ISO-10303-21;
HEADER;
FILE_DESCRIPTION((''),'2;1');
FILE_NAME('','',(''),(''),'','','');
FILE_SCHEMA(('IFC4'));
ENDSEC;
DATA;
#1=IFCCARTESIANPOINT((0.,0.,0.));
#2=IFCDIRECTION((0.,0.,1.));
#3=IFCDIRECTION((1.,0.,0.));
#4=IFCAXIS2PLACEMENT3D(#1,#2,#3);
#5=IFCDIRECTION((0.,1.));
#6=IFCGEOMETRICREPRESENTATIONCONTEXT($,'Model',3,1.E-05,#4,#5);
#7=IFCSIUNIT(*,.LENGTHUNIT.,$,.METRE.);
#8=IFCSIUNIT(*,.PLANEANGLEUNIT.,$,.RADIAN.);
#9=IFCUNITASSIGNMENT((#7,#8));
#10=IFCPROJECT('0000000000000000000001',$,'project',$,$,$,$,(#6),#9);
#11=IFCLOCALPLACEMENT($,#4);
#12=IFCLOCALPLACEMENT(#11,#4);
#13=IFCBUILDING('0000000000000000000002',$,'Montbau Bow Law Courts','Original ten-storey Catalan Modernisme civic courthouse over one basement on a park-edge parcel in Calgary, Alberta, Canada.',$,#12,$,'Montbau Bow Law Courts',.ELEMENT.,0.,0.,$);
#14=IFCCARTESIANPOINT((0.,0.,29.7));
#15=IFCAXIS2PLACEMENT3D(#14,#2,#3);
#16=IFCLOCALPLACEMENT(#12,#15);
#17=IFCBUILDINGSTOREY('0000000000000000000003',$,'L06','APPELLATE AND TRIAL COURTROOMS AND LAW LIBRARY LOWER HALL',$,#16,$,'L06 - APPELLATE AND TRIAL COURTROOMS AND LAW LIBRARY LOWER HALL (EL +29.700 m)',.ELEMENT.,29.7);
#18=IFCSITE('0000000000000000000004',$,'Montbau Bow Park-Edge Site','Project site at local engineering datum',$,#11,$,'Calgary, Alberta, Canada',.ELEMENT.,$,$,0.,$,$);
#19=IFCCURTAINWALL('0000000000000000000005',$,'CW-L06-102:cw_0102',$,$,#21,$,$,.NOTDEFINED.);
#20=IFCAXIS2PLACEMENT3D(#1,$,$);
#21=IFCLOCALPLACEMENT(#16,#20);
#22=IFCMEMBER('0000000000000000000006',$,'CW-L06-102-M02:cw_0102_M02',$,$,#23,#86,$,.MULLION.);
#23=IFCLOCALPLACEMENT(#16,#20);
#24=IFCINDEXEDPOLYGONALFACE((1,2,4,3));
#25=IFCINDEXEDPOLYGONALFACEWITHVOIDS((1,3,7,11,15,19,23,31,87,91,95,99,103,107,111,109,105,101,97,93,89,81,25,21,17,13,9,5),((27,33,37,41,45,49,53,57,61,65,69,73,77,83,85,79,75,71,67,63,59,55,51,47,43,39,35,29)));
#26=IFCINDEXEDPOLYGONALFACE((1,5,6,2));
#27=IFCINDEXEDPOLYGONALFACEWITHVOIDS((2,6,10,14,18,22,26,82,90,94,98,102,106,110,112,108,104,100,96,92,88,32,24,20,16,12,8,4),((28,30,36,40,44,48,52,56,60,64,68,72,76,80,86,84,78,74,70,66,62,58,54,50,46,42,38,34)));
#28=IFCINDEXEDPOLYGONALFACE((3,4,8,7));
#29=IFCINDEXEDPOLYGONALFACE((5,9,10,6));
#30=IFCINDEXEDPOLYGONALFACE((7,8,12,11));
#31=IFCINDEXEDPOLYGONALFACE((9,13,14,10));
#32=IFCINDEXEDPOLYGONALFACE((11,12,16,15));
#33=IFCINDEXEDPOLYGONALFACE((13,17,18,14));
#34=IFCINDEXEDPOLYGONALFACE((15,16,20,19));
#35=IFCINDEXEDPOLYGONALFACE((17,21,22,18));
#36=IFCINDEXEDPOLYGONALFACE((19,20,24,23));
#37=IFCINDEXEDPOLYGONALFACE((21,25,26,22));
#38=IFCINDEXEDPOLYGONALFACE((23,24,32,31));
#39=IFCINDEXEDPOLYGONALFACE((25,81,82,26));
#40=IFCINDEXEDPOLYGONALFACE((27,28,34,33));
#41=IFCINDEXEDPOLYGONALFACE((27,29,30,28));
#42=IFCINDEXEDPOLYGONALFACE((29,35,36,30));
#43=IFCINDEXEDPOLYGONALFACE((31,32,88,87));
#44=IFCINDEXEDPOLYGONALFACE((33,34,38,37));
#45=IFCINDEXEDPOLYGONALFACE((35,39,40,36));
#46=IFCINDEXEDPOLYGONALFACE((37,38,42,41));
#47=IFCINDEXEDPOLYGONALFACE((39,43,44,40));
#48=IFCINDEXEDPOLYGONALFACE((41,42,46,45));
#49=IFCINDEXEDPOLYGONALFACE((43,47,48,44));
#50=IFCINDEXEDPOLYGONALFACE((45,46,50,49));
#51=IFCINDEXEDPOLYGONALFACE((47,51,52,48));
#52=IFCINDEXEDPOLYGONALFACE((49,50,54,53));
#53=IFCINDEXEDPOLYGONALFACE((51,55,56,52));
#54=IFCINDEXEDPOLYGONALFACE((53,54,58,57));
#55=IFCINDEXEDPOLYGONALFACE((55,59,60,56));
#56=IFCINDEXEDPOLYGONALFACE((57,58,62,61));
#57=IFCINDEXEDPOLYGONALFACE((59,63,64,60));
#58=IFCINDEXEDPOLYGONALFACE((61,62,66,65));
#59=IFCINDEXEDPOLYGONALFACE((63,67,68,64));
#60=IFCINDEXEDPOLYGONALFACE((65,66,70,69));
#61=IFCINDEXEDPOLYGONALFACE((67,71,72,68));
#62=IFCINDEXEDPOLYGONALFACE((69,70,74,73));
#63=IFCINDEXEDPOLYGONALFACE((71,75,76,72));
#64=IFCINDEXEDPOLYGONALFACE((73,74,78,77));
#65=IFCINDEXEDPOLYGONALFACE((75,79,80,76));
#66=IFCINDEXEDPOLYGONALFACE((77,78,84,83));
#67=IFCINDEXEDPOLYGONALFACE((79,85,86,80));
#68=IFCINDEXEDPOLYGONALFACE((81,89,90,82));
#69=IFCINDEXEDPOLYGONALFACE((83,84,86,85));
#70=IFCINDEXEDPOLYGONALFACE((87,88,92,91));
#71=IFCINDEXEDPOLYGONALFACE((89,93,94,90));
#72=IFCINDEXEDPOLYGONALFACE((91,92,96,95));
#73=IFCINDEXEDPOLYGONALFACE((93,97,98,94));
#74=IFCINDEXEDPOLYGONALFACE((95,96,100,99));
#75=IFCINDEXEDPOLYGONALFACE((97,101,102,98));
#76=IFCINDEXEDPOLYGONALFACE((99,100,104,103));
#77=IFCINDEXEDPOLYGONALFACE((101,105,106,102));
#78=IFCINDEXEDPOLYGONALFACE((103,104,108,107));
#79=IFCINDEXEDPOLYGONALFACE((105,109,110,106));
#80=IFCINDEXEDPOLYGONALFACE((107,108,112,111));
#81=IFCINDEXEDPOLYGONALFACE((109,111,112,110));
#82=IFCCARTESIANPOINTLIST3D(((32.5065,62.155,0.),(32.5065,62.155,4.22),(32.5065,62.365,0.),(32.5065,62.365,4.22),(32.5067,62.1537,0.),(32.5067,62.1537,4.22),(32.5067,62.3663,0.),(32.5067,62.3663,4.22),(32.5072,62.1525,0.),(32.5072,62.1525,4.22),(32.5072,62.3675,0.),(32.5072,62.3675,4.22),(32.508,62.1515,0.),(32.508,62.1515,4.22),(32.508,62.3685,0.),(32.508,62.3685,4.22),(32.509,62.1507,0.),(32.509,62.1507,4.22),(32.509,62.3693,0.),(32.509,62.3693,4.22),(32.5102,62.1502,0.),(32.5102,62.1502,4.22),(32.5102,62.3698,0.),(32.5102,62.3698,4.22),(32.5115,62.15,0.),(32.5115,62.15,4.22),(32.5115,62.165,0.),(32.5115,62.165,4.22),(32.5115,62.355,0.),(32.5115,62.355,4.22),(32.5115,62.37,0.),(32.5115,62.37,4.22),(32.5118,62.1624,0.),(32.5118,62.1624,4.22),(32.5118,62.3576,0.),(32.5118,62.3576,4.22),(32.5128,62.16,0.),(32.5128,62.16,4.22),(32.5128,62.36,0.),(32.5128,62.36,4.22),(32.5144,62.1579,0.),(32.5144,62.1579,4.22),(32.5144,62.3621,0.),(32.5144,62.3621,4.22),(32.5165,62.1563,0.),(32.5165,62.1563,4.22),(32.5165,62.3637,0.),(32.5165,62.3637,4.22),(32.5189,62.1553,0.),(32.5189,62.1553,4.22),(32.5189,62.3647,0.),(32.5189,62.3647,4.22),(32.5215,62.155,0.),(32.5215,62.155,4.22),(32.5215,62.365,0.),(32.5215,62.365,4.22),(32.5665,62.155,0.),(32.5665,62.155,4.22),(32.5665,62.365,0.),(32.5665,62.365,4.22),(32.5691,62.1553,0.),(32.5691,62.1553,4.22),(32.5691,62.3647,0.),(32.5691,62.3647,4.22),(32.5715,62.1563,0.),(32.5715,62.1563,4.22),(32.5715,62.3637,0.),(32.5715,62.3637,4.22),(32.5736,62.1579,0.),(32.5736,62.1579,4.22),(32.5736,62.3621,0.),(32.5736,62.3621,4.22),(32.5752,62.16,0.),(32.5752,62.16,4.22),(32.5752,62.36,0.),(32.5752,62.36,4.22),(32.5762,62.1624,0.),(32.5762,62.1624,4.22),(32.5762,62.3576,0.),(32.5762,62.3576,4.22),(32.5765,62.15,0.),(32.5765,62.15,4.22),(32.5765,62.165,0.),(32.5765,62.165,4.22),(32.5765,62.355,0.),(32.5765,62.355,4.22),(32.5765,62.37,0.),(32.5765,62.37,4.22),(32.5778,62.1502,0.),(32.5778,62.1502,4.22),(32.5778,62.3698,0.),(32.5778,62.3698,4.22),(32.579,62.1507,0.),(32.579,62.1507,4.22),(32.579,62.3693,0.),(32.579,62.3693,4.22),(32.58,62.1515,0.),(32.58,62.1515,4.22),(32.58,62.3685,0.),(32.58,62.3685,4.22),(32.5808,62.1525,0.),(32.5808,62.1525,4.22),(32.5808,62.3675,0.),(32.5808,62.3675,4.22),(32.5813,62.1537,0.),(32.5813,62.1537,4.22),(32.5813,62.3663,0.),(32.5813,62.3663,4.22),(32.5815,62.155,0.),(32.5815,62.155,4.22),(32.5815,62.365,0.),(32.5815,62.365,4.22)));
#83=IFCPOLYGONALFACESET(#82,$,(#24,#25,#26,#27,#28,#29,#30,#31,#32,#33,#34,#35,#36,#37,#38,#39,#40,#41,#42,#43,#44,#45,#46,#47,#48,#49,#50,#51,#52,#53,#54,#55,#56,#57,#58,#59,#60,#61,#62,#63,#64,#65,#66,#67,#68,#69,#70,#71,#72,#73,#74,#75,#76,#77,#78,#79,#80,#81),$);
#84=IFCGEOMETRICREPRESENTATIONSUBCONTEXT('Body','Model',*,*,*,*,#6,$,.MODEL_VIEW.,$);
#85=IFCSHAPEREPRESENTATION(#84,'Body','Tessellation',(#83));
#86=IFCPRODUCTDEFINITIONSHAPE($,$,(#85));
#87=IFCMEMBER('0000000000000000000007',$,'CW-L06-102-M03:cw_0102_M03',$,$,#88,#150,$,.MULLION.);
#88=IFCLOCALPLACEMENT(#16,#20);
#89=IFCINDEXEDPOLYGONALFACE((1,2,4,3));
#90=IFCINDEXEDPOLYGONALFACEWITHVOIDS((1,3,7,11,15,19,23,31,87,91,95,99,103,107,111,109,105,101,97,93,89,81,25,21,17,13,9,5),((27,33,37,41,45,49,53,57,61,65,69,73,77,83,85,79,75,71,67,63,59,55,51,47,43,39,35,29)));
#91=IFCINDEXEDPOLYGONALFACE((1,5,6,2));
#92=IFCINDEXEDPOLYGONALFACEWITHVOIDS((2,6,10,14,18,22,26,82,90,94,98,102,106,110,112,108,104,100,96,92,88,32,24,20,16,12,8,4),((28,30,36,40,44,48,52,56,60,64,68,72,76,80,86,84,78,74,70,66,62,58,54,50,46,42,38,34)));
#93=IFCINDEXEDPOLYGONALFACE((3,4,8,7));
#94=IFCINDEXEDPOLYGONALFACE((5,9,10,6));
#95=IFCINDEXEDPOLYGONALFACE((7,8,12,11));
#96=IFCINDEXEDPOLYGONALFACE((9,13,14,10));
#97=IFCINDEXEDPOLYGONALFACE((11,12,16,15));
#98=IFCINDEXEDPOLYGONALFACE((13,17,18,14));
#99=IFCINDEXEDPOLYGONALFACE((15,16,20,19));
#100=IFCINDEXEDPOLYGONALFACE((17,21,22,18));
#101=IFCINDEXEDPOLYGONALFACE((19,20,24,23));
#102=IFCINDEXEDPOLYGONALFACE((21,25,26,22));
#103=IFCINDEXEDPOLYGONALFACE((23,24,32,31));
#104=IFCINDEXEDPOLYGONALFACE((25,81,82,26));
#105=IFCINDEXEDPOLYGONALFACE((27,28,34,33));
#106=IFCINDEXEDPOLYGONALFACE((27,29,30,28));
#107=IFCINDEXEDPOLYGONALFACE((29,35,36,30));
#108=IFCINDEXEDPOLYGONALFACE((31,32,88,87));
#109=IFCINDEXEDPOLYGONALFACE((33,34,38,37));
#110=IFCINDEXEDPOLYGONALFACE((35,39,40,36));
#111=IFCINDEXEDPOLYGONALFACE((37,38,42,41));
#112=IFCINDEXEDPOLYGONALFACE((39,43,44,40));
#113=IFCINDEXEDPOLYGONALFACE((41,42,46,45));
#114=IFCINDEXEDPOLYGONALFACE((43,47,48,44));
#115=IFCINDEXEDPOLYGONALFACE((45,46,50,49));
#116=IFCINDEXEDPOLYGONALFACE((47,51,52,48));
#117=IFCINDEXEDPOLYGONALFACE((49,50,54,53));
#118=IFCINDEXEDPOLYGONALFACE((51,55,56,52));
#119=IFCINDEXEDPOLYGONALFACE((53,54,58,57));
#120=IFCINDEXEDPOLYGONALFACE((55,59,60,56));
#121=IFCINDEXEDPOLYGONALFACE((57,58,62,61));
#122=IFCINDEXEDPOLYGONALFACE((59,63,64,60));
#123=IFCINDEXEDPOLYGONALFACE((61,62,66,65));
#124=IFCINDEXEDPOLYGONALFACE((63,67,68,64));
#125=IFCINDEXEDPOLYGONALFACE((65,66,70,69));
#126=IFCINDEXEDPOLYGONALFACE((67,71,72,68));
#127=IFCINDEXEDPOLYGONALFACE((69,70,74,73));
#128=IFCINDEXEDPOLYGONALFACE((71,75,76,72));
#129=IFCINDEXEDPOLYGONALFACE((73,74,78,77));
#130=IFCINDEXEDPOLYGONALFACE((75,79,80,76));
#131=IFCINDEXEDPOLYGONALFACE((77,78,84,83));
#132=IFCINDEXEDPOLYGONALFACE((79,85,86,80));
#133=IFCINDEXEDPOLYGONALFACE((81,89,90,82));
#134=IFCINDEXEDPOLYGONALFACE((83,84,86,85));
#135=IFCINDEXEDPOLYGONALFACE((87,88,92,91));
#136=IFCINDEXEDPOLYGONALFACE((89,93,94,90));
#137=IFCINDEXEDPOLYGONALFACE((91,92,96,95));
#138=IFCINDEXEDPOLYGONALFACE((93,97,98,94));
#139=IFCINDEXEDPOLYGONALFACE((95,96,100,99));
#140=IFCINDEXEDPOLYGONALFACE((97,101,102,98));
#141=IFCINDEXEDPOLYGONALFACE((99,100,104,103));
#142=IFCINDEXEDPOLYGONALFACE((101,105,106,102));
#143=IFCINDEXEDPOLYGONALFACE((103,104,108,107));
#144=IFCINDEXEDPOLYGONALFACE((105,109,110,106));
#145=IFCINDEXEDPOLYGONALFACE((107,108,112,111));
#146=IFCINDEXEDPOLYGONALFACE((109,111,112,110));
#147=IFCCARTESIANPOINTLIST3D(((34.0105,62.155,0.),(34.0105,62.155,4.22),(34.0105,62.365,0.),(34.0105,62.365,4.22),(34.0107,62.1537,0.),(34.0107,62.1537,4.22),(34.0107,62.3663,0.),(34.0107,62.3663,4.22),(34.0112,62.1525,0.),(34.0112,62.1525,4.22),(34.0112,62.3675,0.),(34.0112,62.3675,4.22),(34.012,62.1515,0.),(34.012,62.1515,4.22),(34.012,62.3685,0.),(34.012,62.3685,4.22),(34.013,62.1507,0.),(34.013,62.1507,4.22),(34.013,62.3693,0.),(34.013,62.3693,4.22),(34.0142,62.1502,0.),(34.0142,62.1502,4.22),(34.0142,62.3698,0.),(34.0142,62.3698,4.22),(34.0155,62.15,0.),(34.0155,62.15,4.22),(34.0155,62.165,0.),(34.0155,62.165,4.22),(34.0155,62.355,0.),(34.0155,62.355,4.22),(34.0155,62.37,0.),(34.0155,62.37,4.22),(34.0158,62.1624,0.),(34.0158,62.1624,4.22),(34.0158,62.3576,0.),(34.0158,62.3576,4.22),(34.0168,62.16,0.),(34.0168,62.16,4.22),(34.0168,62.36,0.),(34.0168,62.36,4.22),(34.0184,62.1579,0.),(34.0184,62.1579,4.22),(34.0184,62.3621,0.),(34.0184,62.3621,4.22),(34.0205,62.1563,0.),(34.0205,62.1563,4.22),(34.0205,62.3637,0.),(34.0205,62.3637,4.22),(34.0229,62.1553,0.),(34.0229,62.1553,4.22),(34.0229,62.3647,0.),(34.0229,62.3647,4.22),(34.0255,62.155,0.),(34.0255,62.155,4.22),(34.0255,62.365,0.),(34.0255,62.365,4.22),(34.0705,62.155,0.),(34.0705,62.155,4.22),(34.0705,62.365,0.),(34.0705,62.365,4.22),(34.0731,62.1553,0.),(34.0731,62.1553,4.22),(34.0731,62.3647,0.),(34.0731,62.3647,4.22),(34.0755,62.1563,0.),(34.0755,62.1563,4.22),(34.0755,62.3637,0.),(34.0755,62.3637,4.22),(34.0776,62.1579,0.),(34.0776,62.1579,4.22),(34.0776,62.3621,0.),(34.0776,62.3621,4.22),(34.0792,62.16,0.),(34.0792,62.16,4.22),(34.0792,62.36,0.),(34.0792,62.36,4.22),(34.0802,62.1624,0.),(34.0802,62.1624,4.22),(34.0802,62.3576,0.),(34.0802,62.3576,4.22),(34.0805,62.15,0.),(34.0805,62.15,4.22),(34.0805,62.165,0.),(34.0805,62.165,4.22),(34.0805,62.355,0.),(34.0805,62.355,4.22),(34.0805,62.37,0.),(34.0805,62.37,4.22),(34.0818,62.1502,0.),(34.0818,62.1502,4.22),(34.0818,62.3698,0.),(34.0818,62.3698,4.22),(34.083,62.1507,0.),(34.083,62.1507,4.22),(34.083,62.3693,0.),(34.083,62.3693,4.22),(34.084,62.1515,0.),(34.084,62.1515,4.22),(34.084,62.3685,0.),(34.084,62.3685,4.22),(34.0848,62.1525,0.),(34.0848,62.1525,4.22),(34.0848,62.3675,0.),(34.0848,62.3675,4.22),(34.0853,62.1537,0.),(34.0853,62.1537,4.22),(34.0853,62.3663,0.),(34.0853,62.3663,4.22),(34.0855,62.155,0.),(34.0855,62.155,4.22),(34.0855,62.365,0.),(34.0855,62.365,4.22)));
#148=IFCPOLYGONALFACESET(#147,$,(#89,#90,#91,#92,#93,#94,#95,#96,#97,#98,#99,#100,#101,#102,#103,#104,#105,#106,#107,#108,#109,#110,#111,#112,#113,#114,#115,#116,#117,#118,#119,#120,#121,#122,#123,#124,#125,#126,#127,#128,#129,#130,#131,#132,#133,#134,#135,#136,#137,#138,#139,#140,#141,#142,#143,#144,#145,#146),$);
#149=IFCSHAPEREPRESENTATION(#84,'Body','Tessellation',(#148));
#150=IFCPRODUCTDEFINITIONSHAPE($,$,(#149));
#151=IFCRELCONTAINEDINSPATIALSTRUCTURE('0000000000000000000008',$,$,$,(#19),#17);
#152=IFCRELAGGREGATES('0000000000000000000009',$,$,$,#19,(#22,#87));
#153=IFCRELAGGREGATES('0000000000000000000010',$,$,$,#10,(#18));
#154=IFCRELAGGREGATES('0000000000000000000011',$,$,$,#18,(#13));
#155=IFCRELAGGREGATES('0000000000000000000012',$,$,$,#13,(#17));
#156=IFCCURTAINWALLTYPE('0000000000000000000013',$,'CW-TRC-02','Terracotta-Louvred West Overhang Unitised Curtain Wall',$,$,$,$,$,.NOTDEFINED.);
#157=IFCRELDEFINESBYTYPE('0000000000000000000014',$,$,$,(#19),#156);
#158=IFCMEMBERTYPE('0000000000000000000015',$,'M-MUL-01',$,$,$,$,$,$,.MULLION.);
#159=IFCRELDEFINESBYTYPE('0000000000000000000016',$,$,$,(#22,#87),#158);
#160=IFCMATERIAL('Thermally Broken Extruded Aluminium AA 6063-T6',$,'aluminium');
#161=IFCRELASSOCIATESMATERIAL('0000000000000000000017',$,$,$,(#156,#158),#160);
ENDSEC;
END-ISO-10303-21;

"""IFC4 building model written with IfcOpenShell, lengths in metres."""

from ifc_helpers import new_model, si_unit, direction, frame, origin_with_axes, origin_2d_with_axis, place, context, subcontext, project, spatial, hollow_rectangle, extrude, material, material_profile, profile_set, type_object, element, aggregate, save


model = new_model("IFC4")

# Units and contexts
model_context = context("Model", 3, precision=1e-05, world=origin_with_axes(), true_north=direction((0.0, 1.0)))
body_context = subcontext(model_context, "Body", "Model", "MODEL_VIEW")
ifc_project = project(units=[si_unit("LENGTHUNIT", "METRE"), si_unit("PLANEANGLEUNIT", "RADIAN")], contexts=[model_context])

# Site, building, storey
site_placement = place(None, origin_with_axes())
site = spatial("IfcSite", under=ifc_project, at=site_placement, Name="Montbau Bow Park-Edge Site", Description="Project site at local engineering datum", LongName="Calgary, Alberta, Canada", CompositionType="ELEMENT", RefElevation=0.0)
building_placement = place(site_placement, origin_with_axes())
building = spatial("IfcBuilding", under=site, at=building_placement, Name="Montbau Bow Law Courts", Description="Original ten-storey Catalan Modernisme civic courthouse over one basement on a park-edge parcel in Calgary, Alberta, Canada.", LongName="Montbau Bow Law Courts", CompositionType="ELEMENT", ElevationOfRefHeight=0.0, ElevationOfTerrain=0.0)
storey_placement = place(building_placement, frame((0.0, 0.0, 29.7), z_axis=(0.0, 0.0, 1.0), x_axis=(1.0, 0.0, 0.0)))
storey = spatial("IfcBuildingStorey", under=building, at=storey_placement, Name="L06", Description="APPELLATE AND TRIAL COURTROOMS AND LAW LIBRARY LOWER HALL", LongName="L06 - APPELLATE AND TRIAL COURTROOMS AND LAW LIBRARY LOWER HALL (EL +29.700 m)", CompositionType="ELEMENT", Elevation=29.7)

# Curtain wall, members
ifc_material_1 = material(Name="Thermally Broken Extruded Aluminium AA 6063-T6", Category="aluminium")
curtain_wall_type = type_object("IfcCurtainWallType", Name="CW-TRC-02", Description="Terracotta-Louvred West Overhang Unitised Curtain Wall", PredefinedType="NOTDEFINED", material=ifc_material_1)
curtain_wall_1_placement = place(None, frame((31.04, 62.26, 29.7), z_axis=(0.0, 0.0, 1.0), x_axis=(1.0, 0.0, 0.0)))
curtain_wall_1 = element("IfcCurtainWall", 1, at=curtain_wall_1_placement, inside=storey, type_object=curtain_wall_type, Name="CW-L06-102:cw_0102", PredefinedType="NOTDEFINED")
ifc_material_profile_1 = material_profile(ifc_material_1, hollow_rectangle(XDim=0.075, YDim=0.22, WallThickness=0.005, InnerFilletRadius=0.01, OuterFilletRadius=0.005, at=origin_2d_with_axis()), Name="CWM-220X75", Category="Main", Priority=0)
ifc_profile_set_1 = profile_set([ifc_material_profile_1], Name="Thermally Broken Extruded Aluminium AA 6063-T6")
member_type_1 = type_object("IfcMemberType", Name="M-MUL-01", PredefinedType="MULLION", material=ifc_profile_set_1)
member_1_placement = place(None, frame((32.544, 62.26, 29.7), z_axis=(0.0, 0.0, 1.0), x_axis=(1.0, 0.0, 0.0)))
member_1 = element("IfcMember", 2, at=member_1_placement, type_object=member_type_1, Name="CW-L06-102-M02:cw_0102_M02", PredefinedType="MULLION", context=body_context, shape_type="SweptSolid", body=[
    extrude(hollow_rectangle(XDim=0.075, YDim=0.22, WallThickness=0.005, InnerFilletRadius=0.01, OuterFilletRadius=0.005, at=origin_2d_with_axis()), origin_with_axes(), (0.0, 0.0, 1.0), 4.22),
])
member_2_placement = place(None, frame((34.048, 62.26, 29.7), z_axis=(0.0, 0.0, 1.0), x_axis=(1.0, 0.0, 0.0)))
member_2 = element("IfcMember", 3, at=member_2_placement, type_object=member_type_1, Name="CW-L06-102-M03:cw_0102_M03", PredefinedType="MULLION", context=body_context, shape_type="SweptSolid", body=[
    extrude(hollow_rectangle(XDim=0.075, YDim=0.22, WallThickness=0.005, InnerFilletRadius=0.01, OuterFilletRadius=0.005, at=origin_2d_with_axis()), origin_with_axes(), (0.0, 0.0, 1.0), 4.22),
])

aggregate(curtain_wall_1, [member_1, member_2])

save(model, "model.ifc")
